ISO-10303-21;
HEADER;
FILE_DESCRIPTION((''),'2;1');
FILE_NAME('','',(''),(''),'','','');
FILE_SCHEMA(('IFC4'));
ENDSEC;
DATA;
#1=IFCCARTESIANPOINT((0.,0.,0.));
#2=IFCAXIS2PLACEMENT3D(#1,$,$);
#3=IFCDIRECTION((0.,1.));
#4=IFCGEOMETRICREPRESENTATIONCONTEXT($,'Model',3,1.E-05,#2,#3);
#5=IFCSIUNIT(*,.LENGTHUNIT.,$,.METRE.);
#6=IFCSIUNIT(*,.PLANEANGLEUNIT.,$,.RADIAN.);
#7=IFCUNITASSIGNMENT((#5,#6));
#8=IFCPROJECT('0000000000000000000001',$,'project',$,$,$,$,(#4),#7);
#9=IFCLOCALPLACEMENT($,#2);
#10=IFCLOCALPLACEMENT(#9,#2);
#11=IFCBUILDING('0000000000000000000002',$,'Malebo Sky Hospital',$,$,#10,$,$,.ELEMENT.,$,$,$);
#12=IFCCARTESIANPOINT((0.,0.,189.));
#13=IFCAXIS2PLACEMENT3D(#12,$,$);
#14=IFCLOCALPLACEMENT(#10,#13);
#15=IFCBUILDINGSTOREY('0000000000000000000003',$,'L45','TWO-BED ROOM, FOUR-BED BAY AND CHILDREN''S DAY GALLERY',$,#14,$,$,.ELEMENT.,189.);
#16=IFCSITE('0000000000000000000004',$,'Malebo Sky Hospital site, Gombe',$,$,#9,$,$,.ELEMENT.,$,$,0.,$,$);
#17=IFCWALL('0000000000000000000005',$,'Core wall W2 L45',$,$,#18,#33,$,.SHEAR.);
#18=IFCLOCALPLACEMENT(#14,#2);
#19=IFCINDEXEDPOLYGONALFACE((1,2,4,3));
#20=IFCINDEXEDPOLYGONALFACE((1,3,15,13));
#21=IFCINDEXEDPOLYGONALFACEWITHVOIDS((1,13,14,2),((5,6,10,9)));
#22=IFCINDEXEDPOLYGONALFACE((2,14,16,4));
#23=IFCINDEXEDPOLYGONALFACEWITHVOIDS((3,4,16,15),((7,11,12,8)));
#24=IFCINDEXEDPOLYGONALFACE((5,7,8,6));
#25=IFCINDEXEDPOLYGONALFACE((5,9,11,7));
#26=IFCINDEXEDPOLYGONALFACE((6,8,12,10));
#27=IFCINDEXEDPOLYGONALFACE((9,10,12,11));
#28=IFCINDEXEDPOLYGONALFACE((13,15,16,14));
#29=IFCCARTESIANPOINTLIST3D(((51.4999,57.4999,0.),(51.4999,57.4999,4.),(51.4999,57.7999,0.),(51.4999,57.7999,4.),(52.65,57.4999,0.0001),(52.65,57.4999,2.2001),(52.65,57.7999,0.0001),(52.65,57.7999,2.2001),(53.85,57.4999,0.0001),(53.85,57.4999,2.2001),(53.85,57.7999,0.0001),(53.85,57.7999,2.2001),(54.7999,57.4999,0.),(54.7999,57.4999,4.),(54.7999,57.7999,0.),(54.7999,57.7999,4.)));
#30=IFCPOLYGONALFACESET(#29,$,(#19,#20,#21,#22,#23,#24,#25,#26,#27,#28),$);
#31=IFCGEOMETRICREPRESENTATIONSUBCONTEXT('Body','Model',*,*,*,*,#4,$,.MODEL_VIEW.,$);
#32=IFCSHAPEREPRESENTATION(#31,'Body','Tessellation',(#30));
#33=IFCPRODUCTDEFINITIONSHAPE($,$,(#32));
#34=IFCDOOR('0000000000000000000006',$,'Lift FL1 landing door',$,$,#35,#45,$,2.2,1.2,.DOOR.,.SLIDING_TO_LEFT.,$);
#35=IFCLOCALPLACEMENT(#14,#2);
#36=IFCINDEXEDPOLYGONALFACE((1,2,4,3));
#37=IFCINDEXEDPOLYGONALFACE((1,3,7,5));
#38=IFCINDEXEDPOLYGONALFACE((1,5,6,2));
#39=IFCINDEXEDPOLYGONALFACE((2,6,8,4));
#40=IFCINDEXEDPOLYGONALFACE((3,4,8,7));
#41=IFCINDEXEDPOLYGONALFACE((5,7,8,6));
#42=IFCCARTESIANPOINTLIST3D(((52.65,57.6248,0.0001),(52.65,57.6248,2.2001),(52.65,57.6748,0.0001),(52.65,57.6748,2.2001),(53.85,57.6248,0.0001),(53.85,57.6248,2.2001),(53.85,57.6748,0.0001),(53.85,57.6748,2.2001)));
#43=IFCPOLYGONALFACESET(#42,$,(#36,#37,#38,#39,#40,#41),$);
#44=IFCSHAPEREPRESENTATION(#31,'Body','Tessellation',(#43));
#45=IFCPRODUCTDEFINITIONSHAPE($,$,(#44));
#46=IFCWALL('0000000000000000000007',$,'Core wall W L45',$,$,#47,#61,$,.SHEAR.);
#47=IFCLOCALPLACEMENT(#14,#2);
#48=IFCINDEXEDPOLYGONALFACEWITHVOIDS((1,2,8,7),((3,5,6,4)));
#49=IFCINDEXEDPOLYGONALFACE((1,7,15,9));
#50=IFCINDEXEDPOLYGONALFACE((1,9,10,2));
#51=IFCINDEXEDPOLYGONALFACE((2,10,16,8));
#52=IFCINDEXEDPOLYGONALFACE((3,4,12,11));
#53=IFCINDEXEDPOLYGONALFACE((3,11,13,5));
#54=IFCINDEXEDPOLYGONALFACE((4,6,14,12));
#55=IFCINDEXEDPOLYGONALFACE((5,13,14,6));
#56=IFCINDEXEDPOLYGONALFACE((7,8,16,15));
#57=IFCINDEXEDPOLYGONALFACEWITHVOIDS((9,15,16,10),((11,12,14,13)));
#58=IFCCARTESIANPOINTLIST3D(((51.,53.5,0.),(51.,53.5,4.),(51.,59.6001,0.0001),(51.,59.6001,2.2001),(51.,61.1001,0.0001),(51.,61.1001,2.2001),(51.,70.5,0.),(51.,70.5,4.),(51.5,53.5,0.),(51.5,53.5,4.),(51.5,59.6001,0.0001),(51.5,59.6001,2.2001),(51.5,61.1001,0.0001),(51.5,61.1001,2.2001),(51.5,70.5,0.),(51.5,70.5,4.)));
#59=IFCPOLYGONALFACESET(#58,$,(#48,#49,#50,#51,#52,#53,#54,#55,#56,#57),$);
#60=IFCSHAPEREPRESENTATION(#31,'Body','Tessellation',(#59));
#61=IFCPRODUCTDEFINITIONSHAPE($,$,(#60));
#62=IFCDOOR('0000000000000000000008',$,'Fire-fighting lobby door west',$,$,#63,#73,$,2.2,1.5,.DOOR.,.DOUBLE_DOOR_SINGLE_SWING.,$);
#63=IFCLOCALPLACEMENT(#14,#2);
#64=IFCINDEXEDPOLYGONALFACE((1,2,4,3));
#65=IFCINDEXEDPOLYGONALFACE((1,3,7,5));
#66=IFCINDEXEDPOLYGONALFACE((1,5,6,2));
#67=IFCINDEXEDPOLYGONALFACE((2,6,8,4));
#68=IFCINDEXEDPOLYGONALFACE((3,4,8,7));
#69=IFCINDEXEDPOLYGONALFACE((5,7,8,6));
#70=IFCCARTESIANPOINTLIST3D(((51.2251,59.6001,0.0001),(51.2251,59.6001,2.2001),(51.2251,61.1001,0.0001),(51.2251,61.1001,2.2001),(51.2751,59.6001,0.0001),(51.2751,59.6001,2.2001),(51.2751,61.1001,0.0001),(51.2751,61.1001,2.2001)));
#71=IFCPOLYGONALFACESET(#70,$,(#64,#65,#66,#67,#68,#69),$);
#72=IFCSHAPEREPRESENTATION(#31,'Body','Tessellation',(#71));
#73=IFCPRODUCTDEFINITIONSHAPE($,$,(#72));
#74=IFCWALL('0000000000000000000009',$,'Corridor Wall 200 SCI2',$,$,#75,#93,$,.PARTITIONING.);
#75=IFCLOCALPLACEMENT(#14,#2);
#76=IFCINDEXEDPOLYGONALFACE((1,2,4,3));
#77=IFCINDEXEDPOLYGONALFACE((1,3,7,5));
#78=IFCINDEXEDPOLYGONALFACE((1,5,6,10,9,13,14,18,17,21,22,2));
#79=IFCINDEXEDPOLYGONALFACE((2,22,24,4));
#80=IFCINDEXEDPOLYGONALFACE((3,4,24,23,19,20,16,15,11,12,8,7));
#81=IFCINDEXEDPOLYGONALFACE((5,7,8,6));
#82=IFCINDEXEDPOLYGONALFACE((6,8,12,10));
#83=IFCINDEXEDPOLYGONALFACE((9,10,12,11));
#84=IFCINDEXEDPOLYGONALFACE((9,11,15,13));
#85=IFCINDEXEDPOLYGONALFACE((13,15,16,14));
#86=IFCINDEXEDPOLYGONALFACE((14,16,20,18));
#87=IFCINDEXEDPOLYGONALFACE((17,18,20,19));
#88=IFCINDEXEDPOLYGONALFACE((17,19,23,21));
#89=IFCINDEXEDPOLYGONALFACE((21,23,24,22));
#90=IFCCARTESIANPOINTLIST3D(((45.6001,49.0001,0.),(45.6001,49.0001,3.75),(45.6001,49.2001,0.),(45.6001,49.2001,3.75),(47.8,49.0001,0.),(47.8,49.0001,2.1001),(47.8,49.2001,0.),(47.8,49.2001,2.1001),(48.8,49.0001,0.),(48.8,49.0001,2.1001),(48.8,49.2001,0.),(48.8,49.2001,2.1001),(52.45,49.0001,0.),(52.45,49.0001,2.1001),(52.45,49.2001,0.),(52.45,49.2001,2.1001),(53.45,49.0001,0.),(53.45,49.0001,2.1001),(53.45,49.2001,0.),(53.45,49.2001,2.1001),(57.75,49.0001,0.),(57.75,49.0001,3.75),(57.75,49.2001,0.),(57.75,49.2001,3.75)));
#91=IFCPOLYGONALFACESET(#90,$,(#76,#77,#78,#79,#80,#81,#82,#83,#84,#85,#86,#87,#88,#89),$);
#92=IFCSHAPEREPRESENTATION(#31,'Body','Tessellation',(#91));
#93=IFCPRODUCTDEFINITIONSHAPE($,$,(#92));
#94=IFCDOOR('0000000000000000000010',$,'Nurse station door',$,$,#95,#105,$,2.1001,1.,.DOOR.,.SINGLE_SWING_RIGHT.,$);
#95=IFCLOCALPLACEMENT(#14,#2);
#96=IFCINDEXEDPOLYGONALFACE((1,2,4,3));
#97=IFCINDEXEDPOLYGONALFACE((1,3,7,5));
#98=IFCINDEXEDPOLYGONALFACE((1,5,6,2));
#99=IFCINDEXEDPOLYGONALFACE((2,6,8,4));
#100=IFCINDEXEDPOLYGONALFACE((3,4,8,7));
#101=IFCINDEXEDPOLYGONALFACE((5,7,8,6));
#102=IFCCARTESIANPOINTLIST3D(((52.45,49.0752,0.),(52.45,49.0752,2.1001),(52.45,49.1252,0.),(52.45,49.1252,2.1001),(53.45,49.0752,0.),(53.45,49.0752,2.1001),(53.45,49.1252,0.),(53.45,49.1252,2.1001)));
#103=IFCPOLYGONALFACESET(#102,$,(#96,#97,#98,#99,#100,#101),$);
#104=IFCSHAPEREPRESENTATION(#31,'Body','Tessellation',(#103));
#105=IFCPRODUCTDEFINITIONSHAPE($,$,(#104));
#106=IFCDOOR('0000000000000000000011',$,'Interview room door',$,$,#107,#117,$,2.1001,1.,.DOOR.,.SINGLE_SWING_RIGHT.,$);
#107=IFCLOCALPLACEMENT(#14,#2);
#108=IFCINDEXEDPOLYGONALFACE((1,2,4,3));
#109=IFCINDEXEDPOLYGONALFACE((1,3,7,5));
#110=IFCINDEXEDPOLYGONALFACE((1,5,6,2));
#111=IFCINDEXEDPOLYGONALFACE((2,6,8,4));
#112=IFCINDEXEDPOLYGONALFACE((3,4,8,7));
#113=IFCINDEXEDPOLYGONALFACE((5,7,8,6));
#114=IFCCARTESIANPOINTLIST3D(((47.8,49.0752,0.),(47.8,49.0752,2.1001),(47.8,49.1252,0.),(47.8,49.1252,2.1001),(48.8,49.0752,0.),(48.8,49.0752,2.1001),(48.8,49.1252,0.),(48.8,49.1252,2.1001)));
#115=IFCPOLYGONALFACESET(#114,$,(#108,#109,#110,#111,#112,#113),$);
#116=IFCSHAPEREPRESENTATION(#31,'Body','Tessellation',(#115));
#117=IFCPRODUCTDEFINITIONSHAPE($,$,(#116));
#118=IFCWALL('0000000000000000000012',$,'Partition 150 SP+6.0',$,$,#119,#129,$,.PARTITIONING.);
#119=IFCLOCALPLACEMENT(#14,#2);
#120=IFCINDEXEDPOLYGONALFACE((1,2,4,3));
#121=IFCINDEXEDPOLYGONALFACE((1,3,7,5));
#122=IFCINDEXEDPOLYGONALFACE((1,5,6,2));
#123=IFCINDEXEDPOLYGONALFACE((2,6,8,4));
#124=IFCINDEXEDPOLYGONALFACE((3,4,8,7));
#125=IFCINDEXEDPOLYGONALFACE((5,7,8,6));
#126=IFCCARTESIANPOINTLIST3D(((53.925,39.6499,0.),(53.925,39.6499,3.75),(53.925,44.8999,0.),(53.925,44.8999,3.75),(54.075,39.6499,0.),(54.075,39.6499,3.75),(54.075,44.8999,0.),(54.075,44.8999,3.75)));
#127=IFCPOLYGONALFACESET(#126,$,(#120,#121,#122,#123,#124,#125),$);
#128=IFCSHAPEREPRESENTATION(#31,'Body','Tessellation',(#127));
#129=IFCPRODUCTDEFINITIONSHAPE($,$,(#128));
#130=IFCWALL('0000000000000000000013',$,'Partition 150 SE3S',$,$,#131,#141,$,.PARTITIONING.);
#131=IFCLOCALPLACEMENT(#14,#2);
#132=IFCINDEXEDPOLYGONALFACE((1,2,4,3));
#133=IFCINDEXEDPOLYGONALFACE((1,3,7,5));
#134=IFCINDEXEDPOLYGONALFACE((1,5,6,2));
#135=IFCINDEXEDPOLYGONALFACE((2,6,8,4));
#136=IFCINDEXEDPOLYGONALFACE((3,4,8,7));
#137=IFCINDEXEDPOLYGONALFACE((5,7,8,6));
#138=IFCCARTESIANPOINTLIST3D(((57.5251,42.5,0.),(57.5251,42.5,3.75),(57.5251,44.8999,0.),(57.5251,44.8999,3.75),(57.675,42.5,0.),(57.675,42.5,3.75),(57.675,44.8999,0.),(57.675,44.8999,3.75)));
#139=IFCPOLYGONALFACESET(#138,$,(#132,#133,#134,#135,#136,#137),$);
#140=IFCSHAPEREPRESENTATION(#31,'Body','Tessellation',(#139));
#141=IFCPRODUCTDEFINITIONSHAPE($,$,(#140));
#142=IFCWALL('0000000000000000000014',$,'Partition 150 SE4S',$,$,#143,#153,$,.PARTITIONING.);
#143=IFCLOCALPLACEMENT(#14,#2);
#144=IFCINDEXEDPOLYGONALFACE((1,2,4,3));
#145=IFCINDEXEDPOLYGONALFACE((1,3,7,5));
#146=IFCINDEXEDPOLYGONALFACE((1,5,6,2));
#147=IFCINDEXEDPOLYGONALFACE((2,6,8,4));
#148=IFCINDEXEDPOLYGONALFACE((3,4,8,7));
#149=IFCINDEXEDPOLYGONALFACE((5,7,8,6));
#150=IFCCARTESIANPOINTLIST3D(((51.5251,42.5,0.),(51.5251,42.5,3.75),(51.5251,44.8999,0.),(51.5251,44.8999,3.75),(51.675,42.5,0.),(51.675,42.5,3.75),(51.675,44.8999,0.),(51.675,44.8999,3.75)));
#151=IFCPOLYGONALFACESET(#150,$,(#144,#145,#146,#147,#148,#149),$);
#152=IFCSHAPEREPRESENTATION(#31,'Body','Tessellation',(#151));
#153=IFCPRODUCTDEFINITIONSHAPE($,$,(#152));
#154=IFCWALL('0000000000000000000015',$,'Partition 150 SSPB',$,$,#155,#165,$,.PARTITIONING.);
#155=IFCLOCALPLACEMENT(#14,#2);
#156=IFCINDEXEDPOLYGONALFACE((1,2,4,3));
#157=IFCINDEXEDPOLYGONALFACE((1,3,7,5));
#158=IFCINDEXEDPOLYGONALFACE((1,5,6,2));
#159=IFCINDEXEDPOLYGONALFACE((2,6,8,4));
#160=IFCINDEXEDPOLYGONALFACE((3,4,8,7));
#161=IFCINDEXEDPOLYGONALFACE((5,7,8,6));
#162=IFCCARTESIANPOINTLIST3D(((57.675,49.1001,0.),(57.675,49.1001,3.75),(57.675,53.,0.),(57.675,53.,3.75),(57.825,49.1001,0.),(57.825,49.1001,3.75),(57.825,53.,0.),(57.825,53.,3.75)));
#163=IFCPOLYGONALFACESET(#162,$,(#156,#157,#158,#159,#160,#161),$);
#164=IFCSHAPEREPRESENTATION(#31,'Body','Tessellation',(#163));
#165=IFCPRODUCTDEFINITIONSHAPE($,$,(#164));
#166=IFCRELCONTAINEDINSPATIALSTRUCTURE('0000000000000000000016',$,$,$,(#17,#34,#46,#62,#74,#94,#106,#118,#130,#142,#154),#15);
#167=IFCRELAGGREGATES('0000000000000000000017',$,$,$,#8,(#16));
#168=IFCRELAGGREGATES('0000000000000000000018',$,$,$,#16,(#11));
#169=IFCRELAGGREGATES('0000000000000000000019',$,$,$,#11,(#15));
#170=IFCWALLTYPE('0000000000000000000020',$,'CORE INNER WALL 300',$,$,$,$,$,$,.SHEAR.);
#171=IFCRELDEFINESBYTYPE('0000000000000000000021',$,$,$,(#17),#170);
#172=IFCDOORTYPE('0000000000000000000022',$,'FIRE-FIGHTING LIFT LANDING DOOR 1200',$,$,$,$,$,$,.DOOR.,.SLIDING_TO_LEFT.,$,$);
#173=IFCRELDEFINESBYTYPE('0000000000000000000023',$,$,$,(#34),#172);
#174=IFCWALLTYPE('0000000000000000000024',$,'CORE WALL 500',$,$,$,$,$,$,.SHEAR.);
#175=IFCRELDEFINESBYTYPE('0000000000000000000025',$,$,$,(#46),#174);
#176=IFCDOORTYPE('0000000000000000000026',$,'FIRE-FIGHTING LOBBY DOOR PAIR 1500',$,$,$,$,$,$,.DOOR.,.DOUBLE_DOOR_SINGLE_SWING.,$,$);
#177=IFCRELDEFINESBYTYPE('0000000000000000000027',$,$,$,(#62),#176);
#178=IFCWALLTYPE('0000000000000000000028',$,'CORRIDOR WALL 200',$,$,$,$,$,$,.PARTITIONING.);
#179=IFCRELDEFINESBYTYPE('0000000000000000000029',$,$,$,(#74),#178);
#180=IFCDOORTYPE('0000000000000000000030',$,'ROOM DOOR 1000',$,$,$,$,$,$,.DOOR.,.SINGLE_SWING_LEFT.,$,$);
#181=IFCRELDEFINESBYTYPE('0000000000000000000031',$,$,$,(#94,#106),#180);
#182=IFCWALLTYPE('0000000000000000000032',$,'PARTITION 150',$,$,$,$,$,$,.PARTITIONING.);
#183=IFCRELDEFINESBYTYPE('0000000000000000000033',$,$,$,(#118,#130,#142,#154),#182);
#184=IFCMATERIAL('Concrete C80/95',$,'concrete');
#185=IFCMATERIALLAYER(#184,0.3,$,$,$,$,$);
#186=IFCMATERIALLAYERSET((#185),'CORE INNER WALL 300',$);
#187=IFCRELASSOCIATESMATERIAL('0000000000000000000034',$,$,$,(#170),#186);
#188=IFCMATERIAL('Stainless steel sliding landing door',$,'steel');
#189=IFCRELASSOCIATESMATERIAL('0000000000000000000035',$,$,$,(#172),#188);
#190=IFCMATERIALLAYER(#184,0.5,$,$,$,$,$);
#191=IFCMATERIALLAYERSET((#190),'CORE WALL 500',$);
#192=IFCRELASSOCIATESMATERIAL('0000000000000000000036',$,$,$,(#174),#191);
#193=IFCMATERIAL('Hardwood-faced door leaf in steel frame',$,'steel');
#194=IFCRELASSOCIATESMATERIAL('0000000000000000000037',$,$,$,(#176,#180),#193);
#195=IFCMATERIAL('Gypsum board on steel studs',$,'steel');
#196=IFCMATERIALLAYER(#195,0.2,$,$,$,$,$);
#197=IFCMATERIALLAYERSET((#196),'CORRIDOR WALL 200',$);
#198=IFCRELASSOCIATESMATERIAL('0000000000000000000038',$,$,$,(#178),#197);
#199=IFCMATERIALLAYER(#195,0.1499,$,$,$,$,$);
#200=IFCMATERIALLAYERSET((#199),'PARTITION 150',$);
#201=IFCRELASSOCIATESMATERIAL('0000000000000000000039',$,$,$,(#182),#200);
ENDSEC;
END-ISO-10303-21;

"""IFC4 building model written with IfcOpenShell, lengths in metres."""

from ifc_helpers import new_model, si_unit, direction, frame, frame_2d, origin, place, context, subcontext, project, spatial, rectangle, extrude, material, layer, layer_set, type_object, element, fill, save


model = new_model("IFC4")

# Units and contexts
model_context = context("Model", 3, precision=1e-05, world=origin(), true_north=direction((0.0, 1.0)))
body_context = subcontext(model_context, "Body", "Model", "MODEL_VIEW")
ifc_project = project(units=[si_unit("LENGTHUNIT", "METRE"), si_unit("PLANEANGLEUNIT", "RADIAN")], contexts=[model_context])

# Site, building, storey
site_placement = place(None, origin())
site = spatial("IfcSite", under=ifc_project, at=site_placement, Name="Malebo Sky Hospital site, Gombe", CompositionType="ELEMENT", RefElevation=0.0)
building_placement = place(site_placement, origin())
building = spatial("IfcBuilding", under=site, at=building_placement, Name="Malebo Sky Hospital", CompositionType="ELEMENT")
storey_placement = place(building_placement, frame((0.0, 0.0, 189.0)))
storey = spatial("IfcBuildingStorey", under=building, at=storey_placement, Name="L45", Description="TWO-BED ROOM, FOUR-BED BAY AND CHILDREN'S DAY GALLERY", CompositionType="ELEMENT", Elevation=189.0)

# Shared definitions
ifc_material_1 = material(Name="Concrete C80/95", Category="concrete")
ifc_material_2 = material(Name="Hardwood-faced door leaf in steel frame", Category="steel")
ifc_material_3 = material(Name="Stainless steel sliding landing door", Category="steel")

# Shared definitions
ifc_layer_1 = layer(ifc_material_1, 0.3)
ifc_layer_set_1 = layer_set([ifc_layer_1], Name="CORE INNER WALL 300")
wall_type_1 = type_object("IfcWallType", Name="CORE INNER WALL 300", PredefinedType="SHEAR", material=ifc_layer_set_1)

# Walls, openings, doors
wall_1_placement = place(storey_placement, frame((51.5, 57.6499, 0.0), z_axis=(0.0, 0.0, 1.0), x_axis=(1.0, 0.0, 0.0)))
wall_1 = element("IfcWall", 1, at=wall_1_placement, inside=storey, type_object=wall_type_1, Name="Core wall W2 L45", PredefinedType="SHEAR", context=body_context, shape_type="SweptSolid", body=[
    extrude(rectangle(XDim=3.3, YDim=0.3, at=frame_2d((1.6499, 0.0))), origin(), (0.0, 0.0, 1.0), 4.0),
])
opening_1_placement = place(wall_1_placement, frame((1.1499, 0.0, 0.0)))
opening_1 = element("IfcOpeningElement", 2, at=opening_1_placement, cuts=wall_1, PredefinedType="OPENING", context=body_context, shape_type="SweptSolid", body=[
    extrude(rectangle(XDim=1.2, YDim=2.2, at=frame_2d((0.6001, 1.1001))), frame((0.0, 0.1599, 0.0), z_axis=(0.0, -1.0, 0.0), x_axis=(1.0, 0.0, 0.0)), (0.0, 0.0, 1.0), 0.3201),
])
door_type_1 = type_object("IfcDoorType", Name="FIRE-FIGHTING LIFT LANDING DOOR 1200", OperationType="SLIDING_TO_LEFT", PredefinedType="DOOR", material=ifc_material_3)
door_1_placement = place(opening_1_placement, origin())
door_1 = element("IfcDoor", 3, at=door_1_placement, inside=storey, type_object=door_type_1, Name="Lift FL1 landing door", OperationType="SLIDING_TO_LEFT", OverallHeight=2.2, OverallWidth=1.2, PredefinedType="DOOR", context=body_context, shape_type="SweptSolid", body=[
    extrude(rectangle(XDim=1.2, YDim=2.2, at=frame_2d((0.6001, 1.1001))), frame((0.0, 0.0249, 0.0), z_axis=(0.0, -1.0, 0.0), x_axis=(1.0, 0.0, 0.0)), (0.0, 0.0, 1.0), 0.05),
])
fill(opening_1, door_1)
ifc_layer_2 = layer(ifc_material_1, 0.5)
ifc_layer_set_2 = layer_set([ifc_layer_2], Name="CORE WALL 500")
wall_type_2 = type_object("IfcWallType", Name="CORE WALL 500", PredefinedType="SHEAR", material=ifc_layer_set_2)
wall_2_placement = place(storey_placement, frame((51.25, 53.5, 0.0), z_axis=(0.0, 0.0, 1.0), x_axis=(0.0, 1.0, 0.0)))
wall_2 = element("IfcWall", 4, at=wall_2_placement, inside=storey, type_object=wall_type_2, Name="Core wall W L45", PredefinedType="SHEAR", context=body_context, shape_type="SweptSolid", body=[
    extrude(rectangle(XDim=17.0, YDim=0.5, at=frame_2d((8.5, 0.0))), origin(), (0.0, 0.0, 1.0), 4.0),
])
opening_2_placement = place(wall_2_placement, frame((6.1001, 0.0, 0.0)))
opening_2 = element("IfcOpeningElement", 5, at=opening_2_placement, cuts=wall_2, PredefinedType="OPENING", context=body_context, shape_type="SweptSolid", body=[
    extrude(rectangle(XDim=1.5, YDim=2.2, at=frame_2d((0.75, 1.1001))), frame((0.0, 0.26, 0.0), z_axis=(0.0, -1.0, 0.0), x_axis=(1.0, 0.0, 0.0)), (0.0, 0.0, 1.0), 0.52),
])
door_type_2 = type_object("IfcDoorType", Name="FIRE-FIGHTING LOBBY DOOR PAIR 1500", OperationType="DOUBLE_DOOR_SINGLE_SWING", PredefinedType="DOOR", material=ifc_material_2)
door_2_placement = place(opening_2_placement, origin())
door_2 = element("IfcDoor", 6, at=door_2_placement, inside=storey, type_object=door_type_2, Name="Fire-fighting lobby door west", OperationType="DOUBLE_DOOR_SINGLE_SWING", OverallHeight=2.2, OverallWidth=1.5, PredefinedType="DOOR", context=body_context, shape_type="SweptSolid", body=[
    extrude(rectangle(XDim=1.5, YDim=2.2, at=frame_2d((0.75, 1.1001))), frame((0.0, 0.0249, 0.0), z_axis=(0.0, -1.0, 0.0), x_axis=(1.0, 0.0, 0.0)), (0.0, 0.0, 1.0), 0.05),
])
fill(opening_2, door_2)

# Wall, openings, doors
ifc_material_4 = material(Name="Gypsum board on steel studs", Category="steel")
ifc_layer_3 = layer(ifc_material_4, 0.2)
ifc_layer_set_3 = layer_set([ifc_layer_3], Name="CORRIDOR WALL 200")
wall_type_3 = type_object("IfcWallType", Name="CORRIDOR WALL 200", PredefinedType="PARTITIONING", material=ifc_layer_set_3)
wall_3_placement = place(storey_placement, frame((57.75, 49.1001, 0.0), z_axis=(0.0, 0.0, 1.0), x_axis=(-1.0, 0.0, 0.0)))
wall_3 = element("IfcWall", 7, at=wall_3_placement, inside=storey, type_object=wall_type_3, Name="Corridor Wall 200 SCI2", PredefinedType="PARTITIONING", context=body_context, shape_type="SweptSolid", body=[
    extrude(rectangle(XDim=12.1499, YDim=0.2, at=frame_2d((6.075, 0.0))), origin(), (0.0, 0.0, 1.0), 3.75),
])
opening_3_placement = place(wall_3_placement, frame((4.3, 0.0, 0.0)))
opening_3 = element("IfcOpeningElement", 8, at=opening_3_placement, cuts=wall_3, PredefinedType="OPENING", context=body_context, shape_type="SweptSolid", body=[
    extrude(rectangle(XDim=1.0, YDim=2.1001, at=frame_2d((0.5, 1.05))), frame((0.0, 0.1099, 0.0), z_axis=(0.0, -1.0, 0.0), x_axis=(1.0, 0.0, 0.0)), (0.0, 0.0, 1.0), 0.22),
])
opening_4_placement = place(wall_3_placement, frame((8.95, 0.0, 0.0)))
opening_4 = element("IfcOpeningElement", 9, at=opening_4_placement, cuts=wall_3, PredefinedType="OPENING", context=body_context, shape_type="SweptSolid", body=[
    extrude(rectangle(XDim=1.0, YDim=2.1001, at=frame_2d((0.5, 1.05))), frame((0.0, 0.1099, 0.0), z_axis=(0.0, -1.0, 0.0), x_axis=(1.0, 0.0, 0.0)), (0.0, 0.0, 1.0), 0.22),
])
door_type_3 = type_object("IfcDoorType", Name="ROOM DOOR 1000", OperationType="SINGLE_SWING_LEFT", PredefinedType="DOOR", material=ifc_material_2)
door_3_placement = place(opening_3_placement, origin())
door_3 = element("IfcDoor", 10, at=door_3_placement, inside=storey, type_object=door_type_3, Name="Nurse station door", OperationType="SINGLE_SWING_RIGHT", OverallHeight=2.1001, OverallWidth=1.0, PredefinedType="DOOR", context=body_context, shape_type="SweptSolid", body=[
    extrude(rectangle(XDim=1.0, YDim=2.1001, at=frame_2d((0.5, 1.05))), frame((0.0, 0.0249, 0.0), z_axis=(0.0, -1.0, 0.0), x_axis=(1.0, 0.0, 0.0)), (0.0, 0.0, 1.0), 0.05),
])
fill(opening_3, door_3)
door_4_placement = place(opening_4_placement, origin())
door_4 = element("IfcDoor", 11, at=door_4_placement, inside=storey, type_object=door_type_3, Name="Interview room door", OperationType="SINGLE_SWING_RIGHT", OverallHeight=2.1001, OverallWidth=1.0, PredefinedType="DOOR", context=body_context, shape_type="SweptSolid", body=[
    extrude(rectangle(XDim=1.0, YDim=2.1001, at=frame_2d((0.5, 1.05))), frame((0.0, 0.0249, 0.0), z_axis=(0.0, -1.0, 0.0), x_axis=(1.0, 0.0, 0.0)), (0.0, 0.0, 1.0), 0.05),
])
fill(opening_4, door_4)

# Walls
ifc_layer_4 = layer(ifc_material_4, 0.1499)
ifc_layer_set_4 = layer_set([ifc_layer_4], Name="PARTITION 150")
wall_type_4 = type_object("IfcWallType", Name="PARTITION 150", PredefinedType="PARTITIONING", material=ifc_layer_set_4)
wall_4_placement = place(storey_placement, frame((54.0, 44.8999, 0.0), z_axis=(0.0, 0.0, 1.0), x_axis=(0.0, -1.0, 0.0)))
element("IfcWall", 12, at=wall_4_placement, inside=storey, type_object=wall_type_4, Name="Partition 150 SP+6.0", PredefinedType="PARTITIONING", context=body_context, shape_type="SweptSolid", body=[
    extrude(rectangle(XDim=5.25, YDim=0.1499, at=frame_2d((2.625, 0.0))), origin(), (0.0, 0.0, 1.0), 3.75),
])
for number, where, z_axis, x_axis, name in (
    (13, (57.6001, 44.8999, 0.0), (0.0, 0.0, 1.0), (0.0, -1.0, 0.0), "Partition 150 SE3S"),
    (14, (51.6001, 44.8999, 0.0), (0.0, 0.0, 1.0), (0.0, -1.0, 0.0), "Partition 150 SE4S"),
):
    element("IfcWall", number, at=place(storey_placement, frame(where, z_axis=z_axis, x_axis=x_axis)), inside=storey, type_object=wall_type_4, Name=name, PredefinedType="PARTITIONING", context=body_context, shape_type="SweptSolid", body=[
        extrude(rectangle(XDim=2.3999, YDim=0.1499, at=frame_2d((1.2, 0.0))), origin(), (0.0, 0.0, 1.0), 3.75),
    ])
wall_5_placement = place(storey_placement, frame((57.75, 53.0, 0.0), z_axis=(0.0, 0.0, 1.0), x_axis=(0.0, -1.0, 0.0)))
element("IfcWall", 15, at=wall_5_placement, inside=storey, type_object=wall_type_4, Name="Partition 150 SSPB", PredefinedType="PARTITIONING", context=body_context, shape_type="SweptSolid", body=[
    extrude(rectangle(XDim=3.8999, YDim=0.1499, at=frame_2d((1.95, 0.0))), origin(), (0.0, 0.0, 1.0), 3.75),
])

save(model, "model.ifc")
